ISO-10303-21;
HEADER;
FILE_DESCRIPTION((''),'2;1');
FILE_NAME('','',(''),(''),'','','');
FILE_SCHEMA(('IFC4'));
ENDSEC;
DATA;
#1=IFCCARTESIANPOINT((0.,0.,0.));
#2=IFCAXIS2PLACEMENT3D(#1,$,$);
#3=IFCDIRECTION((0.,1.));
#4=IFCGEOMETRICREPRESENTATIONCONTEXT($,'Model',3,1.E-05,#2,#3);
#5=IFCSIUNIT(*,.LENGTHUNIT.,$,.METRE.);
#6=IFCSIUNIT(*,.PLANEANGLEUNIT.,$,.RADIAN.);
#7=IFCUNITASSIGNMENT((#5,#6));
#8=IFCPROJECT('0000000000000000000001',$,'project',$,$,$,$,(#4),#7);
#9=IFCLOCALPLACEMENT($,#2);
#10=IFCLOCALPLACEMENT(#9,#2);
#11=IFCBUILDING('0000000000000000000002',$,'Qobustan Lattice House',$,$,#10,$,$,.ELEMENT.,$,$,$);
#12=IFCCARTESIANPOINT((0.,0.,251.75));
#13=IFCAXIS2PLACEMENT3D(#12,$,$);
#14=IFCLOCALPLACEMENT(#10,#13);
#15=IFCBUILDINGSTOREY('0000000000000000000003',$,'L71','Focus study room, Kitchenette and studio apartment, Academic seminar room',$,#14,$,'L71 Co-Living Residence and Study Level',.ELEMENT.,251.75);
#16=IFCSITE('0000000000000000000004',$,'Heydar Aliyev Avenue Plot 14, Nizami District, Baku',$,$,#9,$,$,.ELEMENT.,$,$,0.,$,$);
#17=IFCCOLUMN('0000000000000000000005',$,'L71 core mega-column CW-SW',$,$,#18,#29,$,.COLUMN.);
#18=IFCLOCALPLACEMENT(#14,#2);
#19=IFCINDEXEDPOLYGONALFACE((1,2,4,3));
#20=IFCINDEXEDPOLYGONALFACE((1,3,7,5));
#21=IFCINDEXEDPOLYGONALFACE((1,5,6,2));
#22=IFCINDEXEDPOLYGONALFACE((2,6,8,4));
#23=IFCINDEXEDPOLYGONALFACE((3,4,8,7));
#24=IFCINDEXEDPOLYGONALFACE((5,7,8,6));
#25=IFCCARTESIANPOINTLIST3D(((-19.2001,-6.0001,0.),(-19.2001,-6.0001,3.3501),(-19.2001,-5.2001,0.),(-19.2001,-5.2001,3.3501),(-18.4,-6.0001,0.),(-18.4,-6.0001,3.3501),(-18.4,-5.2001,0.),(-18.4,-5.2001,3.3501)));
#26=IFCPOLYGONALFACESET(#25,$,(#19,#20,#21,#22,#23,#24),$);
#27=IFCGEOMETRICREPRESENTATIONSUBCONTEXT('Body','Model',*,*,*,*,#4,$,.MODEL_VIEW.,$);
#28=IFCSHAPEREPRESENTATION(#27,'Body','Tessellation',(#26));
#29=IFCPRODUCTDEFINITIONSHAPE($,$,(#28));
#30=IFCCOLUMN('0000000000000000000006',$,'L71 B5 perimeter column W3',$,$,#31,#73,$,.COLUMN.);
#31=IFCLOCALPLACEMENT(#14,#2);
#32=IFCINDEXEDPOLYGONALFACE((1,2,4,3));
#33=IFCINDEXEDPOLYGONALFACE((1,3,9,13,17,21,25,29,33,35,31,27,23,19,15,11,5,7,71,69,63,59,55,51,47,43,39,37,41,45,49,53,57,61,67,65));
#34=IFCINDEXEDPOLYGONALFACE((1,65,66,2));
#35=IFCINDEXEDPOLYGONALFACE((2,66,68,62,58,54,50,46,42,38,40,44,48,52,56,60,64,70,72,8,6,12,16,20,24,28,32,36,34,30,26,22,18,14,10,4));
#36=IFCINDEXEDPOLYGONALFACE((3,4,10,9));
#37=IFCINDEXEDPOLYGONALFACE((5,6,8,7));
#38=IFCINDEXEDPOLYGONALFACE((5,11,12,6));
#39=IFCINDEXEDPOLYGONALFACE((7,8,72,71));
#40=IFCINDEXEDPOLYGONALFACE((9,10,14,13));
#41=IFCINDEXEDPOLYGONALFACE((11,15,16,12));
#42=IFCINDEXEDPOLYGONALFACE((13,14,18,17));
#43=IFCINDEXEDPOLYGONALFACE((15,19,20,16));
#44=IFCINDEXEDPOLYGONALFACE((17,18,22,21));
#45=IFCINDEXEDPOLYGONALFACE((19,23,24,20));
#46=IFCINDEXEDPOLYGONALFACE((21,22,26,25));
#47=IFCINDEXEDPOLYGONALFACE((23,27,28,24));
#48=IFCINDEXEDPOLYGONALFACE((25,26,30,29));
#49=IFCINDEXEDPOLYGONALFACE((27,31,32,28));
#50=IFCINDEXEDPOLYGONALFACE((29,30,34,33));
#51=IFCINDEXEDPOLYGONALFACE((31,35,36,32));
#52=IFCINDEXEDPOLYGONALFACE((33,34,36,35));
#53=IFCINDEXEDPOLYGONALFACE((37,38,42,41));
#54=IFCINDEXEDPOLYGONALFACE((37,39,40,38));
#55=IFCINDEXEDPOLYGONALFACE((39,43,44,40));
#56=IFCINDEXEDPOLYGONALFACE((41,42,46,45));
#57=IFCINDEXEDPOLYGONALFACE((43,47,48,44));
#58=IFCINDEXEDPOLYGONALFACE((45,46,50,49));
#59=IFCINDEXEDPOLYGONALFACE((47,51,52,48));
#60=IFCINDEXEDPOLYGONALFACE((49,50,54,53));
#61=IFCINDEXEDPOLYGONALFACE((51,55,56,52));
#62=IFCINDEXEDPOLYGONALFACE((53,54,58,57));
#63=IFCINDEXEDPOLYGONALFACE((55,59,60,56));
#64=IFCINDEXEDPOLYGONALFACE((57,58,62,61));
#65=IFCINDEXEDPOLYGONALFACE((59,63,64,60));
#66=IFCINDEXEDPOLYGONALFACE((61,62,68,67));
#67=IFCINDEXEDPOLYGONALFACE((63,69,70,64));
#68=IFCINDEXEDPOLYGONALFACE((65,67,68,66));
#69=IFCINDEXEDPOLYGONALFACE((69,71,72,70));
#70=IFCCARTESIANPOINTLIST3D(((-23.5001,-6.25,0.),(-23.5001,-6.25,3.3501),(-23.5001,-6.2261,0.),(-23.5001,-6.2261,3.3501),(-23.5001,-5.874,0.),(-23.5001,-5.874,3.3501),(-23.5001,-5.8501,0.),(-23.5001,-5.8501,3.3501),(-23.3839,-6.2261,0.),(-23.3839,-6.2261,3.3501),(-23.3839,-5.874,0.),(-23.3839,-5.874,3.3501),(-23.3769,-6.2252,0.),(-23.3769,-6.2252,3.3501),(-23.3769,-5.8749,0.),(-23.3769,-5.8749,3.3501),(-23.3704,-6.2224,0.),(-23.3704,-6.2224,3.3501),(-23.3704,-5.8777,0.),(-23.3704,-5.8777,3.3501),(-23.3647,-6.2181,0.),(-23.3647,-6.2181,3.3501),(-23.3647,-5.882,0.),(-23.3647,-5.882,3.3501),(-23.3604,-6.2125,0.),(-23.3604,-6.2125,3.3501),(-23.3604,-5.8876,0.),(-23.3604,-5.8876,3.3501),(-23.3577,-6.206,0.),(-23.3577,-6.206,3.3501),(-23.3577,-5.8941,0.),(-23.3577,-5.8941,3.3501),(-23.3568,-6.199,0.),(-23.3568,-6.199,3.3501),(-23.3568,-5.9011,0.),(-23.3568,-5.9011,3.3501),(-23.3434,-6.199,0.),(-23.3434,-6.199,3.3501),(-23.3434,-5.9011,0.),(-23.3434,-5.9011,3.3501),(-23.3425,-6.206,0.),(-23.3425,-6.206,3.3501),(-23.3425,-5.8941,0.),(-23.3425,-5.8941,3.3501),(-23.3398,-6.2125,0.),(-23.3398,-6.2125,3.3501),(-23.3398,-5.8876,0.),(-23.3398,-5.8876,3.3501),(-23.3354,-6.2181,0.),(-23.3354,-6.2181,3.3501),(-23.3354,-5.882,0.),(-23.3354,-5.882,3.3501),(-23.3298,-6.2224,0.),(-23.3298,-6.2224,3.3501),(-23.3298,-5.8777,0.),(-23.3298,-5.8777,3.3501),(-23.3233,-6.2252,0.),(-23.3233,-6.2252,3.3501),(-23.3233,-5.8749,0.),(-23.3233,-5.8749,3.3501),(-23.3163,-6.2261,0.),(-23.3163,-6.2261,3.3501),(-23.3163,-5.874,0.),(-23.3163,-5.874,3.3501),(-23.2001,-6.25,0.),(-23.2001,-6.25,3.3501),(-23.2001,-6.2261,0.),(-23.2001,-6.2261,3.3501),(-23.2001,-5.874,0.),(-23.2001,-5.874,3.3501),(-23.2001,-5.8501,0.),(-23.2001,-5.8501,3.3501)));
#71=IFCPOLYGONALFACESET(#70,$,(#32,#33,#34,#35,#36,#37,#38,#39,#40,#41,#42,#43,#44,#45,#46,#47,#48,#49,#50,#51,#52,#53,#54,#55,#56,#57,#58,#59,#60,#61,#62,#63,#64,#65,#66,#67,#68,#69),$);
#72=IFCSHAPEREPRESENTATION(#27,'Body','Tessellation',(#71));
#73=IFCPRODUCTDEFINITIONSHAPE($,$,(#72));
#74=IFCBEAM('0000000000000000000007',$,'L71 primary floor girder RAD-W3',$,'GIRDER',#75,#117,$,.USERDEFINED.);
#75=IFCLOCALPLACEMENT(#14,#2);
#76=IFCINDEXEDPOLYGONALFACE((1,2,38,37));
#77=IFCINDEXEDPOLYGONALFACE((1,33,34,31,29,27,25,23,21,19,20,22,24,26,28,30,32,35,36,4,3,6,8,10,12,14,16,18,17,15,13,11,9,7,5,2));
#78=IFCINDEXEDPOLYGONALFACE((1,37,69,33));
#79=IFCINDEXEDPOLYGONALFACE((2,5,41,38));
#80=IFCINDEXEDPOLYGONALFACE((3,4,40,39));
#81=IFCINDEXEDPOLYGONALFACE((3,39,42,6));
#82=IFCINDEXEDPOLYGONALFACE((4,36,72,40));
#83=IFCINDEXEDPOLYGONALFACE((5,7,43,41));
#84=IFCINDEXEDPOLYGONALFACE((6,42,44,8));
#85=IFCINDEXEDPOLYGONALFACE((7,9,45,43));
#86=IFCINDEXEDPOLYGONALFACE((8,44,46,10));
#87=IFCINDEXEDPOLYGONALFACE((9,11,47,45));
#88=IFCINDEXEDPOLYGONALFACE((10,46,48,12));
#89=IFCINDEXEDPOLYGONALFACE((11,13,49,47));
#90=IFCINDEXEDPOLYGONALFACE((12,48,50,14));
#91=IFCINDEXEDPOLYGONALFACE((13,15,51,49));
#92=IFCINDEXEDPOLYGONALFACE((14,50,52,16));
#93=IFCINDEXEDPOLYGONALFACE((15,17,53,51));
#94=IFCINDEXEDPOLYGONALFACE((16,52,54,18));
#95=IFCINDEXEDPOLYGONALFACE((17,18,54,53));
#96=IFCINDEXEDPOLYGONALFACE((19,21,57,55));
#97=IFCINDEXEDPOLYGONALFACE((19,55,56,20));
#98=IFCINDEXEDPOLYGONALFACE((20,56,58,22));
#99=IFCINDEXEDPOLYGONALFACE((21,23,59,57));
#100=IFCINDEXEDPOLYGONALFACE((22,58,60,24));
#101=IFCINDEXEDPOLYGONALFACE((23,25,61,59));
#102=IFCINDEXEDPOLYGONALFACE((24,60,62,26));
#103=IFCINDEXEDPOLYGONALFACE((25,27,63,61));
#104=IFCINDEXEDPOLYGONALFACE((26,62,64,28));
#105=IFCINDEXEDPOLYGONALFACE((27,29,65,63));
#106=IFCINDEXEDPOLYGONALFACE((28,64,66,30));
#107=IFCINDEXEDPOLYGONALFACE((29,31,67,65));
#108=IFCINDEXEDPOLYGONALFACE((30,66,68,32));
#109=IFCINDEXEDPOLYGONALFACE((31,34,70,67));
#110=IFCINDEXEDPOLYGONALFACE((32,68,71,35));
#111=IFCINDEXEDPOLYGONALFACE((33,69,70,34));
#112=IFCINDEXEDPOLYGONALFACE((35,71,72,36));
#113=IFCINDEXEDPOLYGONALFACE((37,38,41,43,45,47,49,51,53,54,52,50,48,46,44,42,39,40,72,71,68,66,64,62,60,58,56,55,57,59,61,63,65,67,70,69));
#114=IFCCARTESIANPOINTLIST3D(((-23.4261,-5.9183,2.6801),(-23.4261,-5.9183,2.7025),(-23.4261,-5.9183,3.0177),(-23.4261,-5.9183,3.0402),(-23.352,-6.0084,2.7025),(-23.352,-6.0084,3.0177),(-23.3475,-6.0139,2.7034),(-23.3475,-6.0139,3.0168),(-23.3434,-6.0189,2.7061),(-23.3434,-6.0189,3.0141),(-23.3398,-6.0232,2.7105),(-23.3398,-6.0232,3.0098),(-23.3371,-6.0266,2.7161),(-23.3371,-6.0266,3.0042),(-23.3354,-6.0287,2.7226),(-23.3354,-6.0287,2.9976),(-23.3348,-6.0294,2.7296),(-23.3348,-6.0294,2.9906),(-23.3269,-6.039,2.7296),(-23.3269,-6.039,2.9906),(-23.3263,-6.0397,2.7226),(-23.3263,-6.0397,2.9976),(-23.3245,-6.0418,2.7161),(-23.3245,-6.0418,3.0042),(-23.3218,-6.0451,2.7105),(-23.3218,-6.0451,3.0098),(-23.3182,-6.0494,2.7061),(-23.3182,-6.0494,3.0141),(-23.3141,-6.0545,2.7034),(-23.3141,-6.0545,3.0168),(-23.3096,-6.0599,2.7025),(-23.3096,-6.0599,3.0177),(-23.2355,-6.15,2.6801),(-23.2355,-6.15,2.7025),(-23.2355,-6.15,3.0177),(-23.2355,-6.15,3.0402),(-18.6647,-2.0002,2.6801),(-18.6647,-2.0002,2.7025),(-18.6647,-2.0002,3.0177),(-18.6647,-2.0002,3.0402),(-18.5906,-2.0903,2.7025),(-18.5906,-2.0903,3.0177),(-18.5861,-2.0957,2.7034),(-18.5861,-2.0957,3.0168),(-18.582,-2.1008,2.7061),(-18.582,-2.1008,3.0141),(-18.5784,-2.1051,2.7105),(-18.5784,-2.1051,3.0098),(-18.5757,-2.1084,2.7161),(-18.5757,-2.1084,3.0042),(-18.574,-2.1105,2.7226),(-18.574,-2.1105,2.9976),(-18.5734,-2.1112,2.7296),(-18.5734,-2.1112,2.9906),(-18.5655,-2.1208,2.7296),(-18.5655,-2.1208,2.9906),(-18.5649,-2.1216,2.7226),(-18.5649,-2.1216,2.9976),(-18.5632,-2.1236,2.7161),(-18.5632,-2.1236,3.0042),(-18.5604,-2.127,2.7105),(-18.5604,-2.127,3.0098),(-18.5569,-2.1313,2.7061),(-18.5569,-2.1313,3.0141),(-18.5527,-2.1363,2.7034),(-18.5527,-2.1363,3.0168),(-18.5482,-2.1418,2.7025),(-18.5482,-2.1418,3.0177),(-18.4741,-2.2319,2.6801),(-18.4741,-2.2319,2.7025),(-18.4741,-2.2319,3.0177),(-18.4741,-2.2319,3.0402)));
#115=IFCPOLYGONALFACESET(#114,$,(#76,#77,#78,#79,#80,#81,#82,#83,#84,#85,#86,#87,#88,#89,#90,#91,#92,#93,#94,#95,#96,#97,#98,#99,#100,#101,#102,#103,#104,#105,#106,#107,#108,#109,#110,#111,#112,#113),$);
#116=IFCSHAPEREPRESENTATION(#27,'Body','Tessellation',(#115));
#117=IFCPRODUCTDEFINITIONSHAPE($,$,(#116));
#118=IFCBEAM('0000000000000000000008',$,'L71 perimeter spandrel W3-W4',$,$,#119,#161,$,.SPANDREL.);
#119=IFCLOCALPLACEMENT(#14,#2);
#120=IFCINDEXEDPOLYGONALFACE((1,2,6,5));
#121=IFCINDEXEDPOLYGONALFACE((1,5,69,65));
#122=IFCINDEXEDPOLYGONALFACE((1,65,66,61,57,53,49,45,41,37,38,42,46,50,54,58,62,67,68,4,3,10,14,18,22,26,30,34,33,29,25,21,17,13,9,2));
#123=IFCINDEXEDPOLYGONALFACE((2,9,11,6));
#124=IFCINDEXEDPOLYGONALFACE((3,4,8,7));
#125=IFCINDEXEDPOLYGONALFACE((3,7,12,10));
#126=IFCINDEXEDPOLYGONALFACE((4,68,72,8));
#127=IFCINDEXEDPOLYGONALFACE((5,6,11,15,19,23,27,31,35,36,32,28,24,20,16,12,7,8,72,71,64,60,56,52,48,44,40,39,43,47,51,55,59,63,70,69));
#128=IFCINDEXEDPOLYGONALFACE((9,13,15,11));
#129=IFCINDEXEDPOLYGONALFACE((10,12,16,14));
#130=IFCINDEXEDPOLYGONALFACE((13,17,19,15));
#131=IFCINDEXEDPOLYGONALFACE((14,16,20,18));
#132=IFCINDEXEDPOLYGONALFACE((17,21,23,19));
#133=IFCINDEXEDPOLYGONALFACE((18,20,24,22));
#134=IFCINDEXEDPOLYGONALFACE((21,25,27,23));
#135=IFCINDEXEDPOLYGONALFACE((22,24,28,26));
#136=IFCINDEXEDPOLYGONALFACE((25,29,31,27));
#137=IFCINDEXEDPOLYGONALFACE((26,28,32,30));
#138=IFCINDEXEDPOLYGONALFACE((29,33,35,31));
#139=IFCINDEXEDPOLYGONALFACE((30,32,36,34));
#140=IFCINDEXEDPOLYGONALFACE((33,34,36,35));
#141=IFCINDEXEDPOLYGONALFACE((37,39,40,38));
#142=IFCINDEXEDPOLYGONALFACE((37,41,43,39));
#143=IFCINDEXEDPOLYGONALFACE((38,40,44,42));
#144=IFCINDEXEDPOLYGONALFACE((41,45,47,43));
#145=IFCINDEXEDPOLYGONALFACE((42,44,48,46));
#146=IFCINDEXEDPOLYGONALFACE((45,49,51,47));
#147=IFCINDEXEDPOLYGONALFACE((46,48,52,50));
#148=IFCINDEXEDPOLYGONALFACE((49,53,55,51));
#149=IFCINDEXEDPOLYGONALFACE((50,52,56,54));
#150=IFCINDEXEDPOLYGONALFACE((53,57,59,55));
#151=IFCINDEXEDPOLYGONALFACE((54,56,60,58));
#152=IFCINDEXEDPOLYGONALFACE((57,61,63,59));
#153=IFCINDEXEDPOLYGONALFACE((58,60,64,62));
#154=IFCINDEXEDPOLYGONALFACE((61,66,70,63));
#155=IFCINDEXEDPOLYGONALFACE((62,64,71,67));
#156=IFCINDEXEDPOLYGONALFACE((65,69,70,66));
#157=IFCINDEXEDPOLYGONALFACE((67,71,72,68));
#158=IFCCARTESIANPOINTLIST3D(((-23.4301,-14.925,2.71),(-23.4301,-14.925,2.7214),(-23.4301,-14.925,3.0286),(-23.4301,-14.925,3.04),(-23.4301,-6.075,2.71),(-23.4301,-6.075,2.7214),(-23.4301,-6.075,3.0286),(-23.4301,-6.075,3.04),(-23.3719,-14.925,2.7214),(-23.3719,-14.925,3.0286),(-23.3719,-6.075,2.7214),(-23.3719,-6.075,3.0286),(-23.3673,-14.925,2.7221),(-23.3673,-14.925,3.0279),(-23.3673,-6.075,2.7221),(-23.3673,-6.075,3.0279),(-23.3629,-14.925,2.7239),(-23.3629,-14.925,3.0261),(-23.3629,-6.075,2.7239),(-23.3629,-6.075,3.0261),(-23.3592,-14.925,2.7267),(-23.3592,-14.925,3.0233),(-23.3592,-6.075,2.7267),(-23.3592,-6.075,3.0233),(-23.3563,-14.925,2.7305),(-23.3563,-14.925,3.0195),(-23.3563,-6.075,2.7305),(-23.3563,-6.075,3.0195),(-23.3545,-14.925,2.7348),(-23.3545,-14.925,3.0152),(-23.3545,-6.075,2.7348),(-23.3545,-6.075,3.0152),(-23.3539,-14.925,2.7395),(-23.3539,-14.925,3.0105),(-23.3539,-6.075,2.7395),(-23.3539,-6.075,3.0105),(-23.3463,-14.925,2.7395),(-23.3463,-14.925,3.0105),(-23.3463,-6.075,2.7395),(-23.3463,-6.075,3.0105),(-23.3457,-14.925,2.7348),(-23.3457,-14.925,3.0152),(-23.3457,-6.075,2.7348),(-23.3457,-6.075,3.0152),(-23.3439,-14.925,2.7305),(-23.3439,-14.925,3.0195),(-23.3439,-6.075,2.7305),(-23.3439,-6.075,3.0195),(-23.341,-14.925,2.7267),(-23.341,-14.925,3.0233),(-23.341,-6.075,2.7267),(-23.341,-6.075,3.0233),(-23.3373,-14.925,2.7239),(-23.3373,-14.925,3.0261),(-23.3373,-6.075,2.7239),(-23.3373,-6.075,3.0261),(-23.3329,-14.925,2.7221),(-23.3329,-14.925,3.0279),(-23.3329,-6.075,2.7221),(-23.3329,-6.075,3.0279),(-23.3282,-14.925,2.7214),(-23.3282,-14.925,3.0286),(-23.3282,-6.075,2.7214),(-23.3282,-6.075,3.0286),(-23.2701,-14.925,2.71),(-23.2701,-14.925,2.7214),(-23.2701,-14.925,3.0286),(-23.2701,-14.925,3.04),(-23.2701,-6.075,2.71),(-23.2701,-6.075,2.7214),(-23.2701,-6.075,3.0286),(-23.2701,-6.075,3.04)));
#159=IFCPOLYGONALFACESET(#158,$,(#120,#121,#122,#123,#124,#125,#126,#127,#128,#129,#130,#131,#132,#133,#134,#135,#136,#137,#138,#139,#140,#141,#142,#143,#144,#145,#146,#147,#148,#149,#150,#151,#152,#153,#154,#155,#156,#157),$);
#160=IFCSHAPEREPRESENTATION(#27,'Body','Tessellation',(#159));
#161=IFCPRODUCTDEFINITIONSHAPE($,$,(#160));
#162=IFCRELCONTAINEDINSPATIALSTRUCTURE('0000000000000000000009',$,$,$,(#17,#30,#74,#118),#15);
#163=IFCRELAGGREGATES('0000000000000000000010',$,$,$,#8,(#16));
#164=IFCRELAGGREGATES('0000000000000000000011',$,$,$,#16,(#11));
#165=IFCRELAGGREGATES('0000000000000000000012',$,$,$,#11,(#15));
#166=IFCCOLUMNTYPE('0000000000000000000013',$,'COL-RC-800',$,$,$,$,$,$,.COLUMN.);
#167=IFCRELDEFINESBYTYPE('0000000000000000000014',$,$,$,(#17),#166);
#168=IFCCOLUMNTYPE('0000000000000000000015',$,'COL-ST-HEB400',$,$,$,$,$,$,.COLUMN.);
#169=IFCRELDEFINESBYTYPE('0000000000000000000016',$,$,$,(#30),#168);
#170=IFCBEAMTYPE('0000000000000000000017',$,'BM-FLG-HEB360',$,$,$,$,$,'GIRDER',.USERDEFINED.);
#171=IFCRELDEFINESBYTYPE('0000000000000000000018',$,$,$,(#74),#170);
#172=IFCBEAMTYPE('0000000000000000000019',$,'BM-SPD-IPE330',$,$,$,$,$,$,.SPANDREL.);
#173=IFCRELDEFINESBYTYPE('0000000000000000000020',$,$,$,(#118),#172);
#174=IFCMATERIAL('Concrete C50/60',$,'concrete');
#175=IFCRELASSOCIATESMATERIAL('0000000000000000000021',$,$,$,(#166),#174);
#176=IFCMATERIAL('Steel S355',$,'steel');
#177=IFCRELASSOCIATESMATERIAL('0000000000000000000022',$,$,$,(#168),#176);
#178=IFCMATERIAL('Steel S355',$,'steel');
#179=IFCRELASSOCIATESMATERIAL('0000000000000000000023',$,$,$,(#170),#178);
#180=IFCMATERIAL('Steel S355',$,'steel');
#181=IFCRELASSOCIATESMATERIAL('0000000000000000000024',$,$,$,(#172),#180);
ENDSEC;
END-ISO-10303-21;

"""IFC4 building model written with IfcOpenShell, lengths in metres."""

from ifc_helpers import new_model, si_unit, direction, frame, origin, origin_2d, place, context, subcontext, project, spatial, rectangle, i_section, extrude, material, material_profile, profile_set, type_object, element, save


model = new_model("IFC4")

# Units and contexts
model_context = context("Model", 3, precision=1e-05, world=origin(), true_north=direction((0.0, 1.0)))
body_context = subcontext(model_context, "Body", "Model", "MODEL_VIEW")
ifc_project = project(units=[si_unit("LENGTHUNIT", "METRE"), si_unit("PLANEANGLEUNIT", "RADIAN")], contexts=[model_context])

# Site, building, storey
site_placement = place(None, origin())
site = spatial("IfcSite", under=ifc_project, at=site_placement, Name="Heydar Aliyev Avenue Plot 14, Nizami District, Baku", CompositionType="ELEMENT", RefElevation=0.0)
building_placement = place(site_placement, origin())
building = spatial("IfcBuilding", under=site, at=building_placement, Name="Qobustan Lattice House", CompositionType="ELEMENT")
storey_placement = place(building_placement, frame((0.0, 0.0, 251.75)))
storey = spatial("IfcBuildingStorey", under=building, at=storey_placement, Name="L71", Description="Focus study room, Kitchenette and studio apartment, Academic seminar room", LongName="L71 Co-Living Residence and Study Level", CompositionType="ELEMENT", Elevation=251.75)

# Columns
ifc_material_1 = material(Name="Concrete C50/60", Category="concrete")
ifc_material_profile_1 = material_profile(ifc_material_1, rectangle(XDim=0.8, YDim=0.8, at=origin_2d()), Name="RC800x800")
ifc_profile_set_1 = profile_set([ifc_material_profile_1], Name="Concrete C50/60")
column_type_1 = type_object("IfcColumnType", Name="COL-RC-800", PredefinedType="COLUMN", material=ifc_profile_set_1)
column_1_placement = place(storey_placement, frame((-18.8, -5.6001, 0.0), z_axis=(0.0, 0.0, 1.0), x_axis=(1.0, 0.0, 0.0)))
element("IfcColumn", 1, at=column_1_placement, inside=storey, type_object=column_type_1, Name="L71 core mega-column CW-SW", PredefinedType="COLUMN", context=body_context, shape_type="SweptSolid", body=[
    extrude(rectangle(XDim=0.8, YDim=0.8, at=origin_2d()), origin(), (0.0, 0.0, 1.0), 3.3501),
])
ifc_material_2 = material(Name="Steel S355", Category="steel")
ifc_material_profile_2 = material_profile(ifc_material_2, i_section(OverallWidth=0.3, OverallDepth=0.3999, WebThickness=0.0134, FlangeThickness=0.0239, FilletRadius=0.0271, at=origin_2d()), Name="HEB400")
ifc_profile_set_2 = profile_set([ifc_material_profile_2], Name="Steel S355")
column_type_2 = type_object("IfcColumnType", Name="COL-ST-HEB400", PredefinedType="COLUMN", material=ifc_profile_set_2)
column_2_placement = place(storey_placement, frame((-23.3501, -6.05, 0.0), z_axis=(0.0, 0.0, 1.0), x_axis=(1.0, 0.0, 0.0)))
element("IfcColumn", 2, at=column_2_placement, inside=storey, type_object=column_type_2, Name="L71 B5 perimeter column W3", PredefinedType="COLUMN", context=body_context, shape_type="SweptSolid", body=[
    extrude(i_section(OverallWidth=0.3, OverallDepth=0.3999, WebThickness=0.0134, FlangeThickness=0.0239, FilletRadius=0.0271, at=origin_2d()), origin(), (0.0, 0.0, 1.0), 3.3501),
])

# Beams
ifc_material_3 = material(Name="Steel S355", Category="steel")
ifc_material_profile_3 = material_profile(ifc_material_3, i_section(OverallWidth=0.3, OverallDepth=0.3601, WebThickness=0.0125, FlangeThickness=0.0225, FilletRadius=0.0271, at=origin_2d()), Name="HEB360")
ifc_profile_set_3 = profile_set([ifc_material_profile_3], Name="Steel S355")
beam_type_1 = type_object("IfcBeamType", Name="BM-FLG-HEB360", ElementType="GIRDER", PredefinedType="USERDEFINED", material=ifc_profile_set_3)
beam_1_placement = place(storey_placement, frame((-23.3308, -6.0342, 2.8601), z_axis=(0.772169, 0.635417, 0.0), x_axis=(-0.635417, 0.772169, 0.0)))
element("IfcBeam", 3, at=beam_1_placement, inside=storey, type_object=beam_type_1, Name="L71 primary floor girder RAD-W3", ObjectType="GIRDER", PredefinedType="USERDEFINED", context=body_context, shape_type="SweptSolid", body=[
    extrude(i_section(OverallWidth=0.3, OverallDepth=0.3601, WebThickness=0.0125, FlangeThickness=0.0225, FilletRadius=0.0271, at=origin_2d()), origin(), (0.0, 0.0, 1.0), 6.1663),
])
ifc_material_4 = material(Name="Steel S355", Category="steel")
ifc_material_profile_4 = material_profile(ifc_material_4, i_section(OverallWidth=0.1599, OverallDepth=0.3301, WebThickness=0.0076, FlangeThickness=0.0115, FilletRadius=0.0181, at=origin_2d()), Name="IPE330")
ifc_profile_set_4 = profile_set([ifc_material_profile_4], Name="Steel S355")
beam_type_2 = type_object("IfcBeamType", Name="BM-SPD-IPE330", PredefinedType="SPANDREL", material=ifc_profile_set_4)
beam_2_placement = place(storey_placement, frame((-23.3501, -6.075, 2.875), z_axis=(0.0, -1.0, 0.0), x_axis=(1.0, 0.0, 0.0)))
element("IfcBeam", 4, at=beam_2_placement, inside=storey, type_object=beam_type_2, Name="L71 perimeter spandrel W3-W4", PredefinedType="SPANDREL", context=body_context, shape_type="SweptSolid", body=[
    extrude(i_section(OverallWidth=0.1599, OverallDepth=0.3301, WebThickness=0.0076, FlangeThickness=0.0115, FilletRadius=0.0181, at=origin_2d()), origin(), (0.0, 0.0, 1.0), 8.8501),
])

save(model, "model.ifc")
